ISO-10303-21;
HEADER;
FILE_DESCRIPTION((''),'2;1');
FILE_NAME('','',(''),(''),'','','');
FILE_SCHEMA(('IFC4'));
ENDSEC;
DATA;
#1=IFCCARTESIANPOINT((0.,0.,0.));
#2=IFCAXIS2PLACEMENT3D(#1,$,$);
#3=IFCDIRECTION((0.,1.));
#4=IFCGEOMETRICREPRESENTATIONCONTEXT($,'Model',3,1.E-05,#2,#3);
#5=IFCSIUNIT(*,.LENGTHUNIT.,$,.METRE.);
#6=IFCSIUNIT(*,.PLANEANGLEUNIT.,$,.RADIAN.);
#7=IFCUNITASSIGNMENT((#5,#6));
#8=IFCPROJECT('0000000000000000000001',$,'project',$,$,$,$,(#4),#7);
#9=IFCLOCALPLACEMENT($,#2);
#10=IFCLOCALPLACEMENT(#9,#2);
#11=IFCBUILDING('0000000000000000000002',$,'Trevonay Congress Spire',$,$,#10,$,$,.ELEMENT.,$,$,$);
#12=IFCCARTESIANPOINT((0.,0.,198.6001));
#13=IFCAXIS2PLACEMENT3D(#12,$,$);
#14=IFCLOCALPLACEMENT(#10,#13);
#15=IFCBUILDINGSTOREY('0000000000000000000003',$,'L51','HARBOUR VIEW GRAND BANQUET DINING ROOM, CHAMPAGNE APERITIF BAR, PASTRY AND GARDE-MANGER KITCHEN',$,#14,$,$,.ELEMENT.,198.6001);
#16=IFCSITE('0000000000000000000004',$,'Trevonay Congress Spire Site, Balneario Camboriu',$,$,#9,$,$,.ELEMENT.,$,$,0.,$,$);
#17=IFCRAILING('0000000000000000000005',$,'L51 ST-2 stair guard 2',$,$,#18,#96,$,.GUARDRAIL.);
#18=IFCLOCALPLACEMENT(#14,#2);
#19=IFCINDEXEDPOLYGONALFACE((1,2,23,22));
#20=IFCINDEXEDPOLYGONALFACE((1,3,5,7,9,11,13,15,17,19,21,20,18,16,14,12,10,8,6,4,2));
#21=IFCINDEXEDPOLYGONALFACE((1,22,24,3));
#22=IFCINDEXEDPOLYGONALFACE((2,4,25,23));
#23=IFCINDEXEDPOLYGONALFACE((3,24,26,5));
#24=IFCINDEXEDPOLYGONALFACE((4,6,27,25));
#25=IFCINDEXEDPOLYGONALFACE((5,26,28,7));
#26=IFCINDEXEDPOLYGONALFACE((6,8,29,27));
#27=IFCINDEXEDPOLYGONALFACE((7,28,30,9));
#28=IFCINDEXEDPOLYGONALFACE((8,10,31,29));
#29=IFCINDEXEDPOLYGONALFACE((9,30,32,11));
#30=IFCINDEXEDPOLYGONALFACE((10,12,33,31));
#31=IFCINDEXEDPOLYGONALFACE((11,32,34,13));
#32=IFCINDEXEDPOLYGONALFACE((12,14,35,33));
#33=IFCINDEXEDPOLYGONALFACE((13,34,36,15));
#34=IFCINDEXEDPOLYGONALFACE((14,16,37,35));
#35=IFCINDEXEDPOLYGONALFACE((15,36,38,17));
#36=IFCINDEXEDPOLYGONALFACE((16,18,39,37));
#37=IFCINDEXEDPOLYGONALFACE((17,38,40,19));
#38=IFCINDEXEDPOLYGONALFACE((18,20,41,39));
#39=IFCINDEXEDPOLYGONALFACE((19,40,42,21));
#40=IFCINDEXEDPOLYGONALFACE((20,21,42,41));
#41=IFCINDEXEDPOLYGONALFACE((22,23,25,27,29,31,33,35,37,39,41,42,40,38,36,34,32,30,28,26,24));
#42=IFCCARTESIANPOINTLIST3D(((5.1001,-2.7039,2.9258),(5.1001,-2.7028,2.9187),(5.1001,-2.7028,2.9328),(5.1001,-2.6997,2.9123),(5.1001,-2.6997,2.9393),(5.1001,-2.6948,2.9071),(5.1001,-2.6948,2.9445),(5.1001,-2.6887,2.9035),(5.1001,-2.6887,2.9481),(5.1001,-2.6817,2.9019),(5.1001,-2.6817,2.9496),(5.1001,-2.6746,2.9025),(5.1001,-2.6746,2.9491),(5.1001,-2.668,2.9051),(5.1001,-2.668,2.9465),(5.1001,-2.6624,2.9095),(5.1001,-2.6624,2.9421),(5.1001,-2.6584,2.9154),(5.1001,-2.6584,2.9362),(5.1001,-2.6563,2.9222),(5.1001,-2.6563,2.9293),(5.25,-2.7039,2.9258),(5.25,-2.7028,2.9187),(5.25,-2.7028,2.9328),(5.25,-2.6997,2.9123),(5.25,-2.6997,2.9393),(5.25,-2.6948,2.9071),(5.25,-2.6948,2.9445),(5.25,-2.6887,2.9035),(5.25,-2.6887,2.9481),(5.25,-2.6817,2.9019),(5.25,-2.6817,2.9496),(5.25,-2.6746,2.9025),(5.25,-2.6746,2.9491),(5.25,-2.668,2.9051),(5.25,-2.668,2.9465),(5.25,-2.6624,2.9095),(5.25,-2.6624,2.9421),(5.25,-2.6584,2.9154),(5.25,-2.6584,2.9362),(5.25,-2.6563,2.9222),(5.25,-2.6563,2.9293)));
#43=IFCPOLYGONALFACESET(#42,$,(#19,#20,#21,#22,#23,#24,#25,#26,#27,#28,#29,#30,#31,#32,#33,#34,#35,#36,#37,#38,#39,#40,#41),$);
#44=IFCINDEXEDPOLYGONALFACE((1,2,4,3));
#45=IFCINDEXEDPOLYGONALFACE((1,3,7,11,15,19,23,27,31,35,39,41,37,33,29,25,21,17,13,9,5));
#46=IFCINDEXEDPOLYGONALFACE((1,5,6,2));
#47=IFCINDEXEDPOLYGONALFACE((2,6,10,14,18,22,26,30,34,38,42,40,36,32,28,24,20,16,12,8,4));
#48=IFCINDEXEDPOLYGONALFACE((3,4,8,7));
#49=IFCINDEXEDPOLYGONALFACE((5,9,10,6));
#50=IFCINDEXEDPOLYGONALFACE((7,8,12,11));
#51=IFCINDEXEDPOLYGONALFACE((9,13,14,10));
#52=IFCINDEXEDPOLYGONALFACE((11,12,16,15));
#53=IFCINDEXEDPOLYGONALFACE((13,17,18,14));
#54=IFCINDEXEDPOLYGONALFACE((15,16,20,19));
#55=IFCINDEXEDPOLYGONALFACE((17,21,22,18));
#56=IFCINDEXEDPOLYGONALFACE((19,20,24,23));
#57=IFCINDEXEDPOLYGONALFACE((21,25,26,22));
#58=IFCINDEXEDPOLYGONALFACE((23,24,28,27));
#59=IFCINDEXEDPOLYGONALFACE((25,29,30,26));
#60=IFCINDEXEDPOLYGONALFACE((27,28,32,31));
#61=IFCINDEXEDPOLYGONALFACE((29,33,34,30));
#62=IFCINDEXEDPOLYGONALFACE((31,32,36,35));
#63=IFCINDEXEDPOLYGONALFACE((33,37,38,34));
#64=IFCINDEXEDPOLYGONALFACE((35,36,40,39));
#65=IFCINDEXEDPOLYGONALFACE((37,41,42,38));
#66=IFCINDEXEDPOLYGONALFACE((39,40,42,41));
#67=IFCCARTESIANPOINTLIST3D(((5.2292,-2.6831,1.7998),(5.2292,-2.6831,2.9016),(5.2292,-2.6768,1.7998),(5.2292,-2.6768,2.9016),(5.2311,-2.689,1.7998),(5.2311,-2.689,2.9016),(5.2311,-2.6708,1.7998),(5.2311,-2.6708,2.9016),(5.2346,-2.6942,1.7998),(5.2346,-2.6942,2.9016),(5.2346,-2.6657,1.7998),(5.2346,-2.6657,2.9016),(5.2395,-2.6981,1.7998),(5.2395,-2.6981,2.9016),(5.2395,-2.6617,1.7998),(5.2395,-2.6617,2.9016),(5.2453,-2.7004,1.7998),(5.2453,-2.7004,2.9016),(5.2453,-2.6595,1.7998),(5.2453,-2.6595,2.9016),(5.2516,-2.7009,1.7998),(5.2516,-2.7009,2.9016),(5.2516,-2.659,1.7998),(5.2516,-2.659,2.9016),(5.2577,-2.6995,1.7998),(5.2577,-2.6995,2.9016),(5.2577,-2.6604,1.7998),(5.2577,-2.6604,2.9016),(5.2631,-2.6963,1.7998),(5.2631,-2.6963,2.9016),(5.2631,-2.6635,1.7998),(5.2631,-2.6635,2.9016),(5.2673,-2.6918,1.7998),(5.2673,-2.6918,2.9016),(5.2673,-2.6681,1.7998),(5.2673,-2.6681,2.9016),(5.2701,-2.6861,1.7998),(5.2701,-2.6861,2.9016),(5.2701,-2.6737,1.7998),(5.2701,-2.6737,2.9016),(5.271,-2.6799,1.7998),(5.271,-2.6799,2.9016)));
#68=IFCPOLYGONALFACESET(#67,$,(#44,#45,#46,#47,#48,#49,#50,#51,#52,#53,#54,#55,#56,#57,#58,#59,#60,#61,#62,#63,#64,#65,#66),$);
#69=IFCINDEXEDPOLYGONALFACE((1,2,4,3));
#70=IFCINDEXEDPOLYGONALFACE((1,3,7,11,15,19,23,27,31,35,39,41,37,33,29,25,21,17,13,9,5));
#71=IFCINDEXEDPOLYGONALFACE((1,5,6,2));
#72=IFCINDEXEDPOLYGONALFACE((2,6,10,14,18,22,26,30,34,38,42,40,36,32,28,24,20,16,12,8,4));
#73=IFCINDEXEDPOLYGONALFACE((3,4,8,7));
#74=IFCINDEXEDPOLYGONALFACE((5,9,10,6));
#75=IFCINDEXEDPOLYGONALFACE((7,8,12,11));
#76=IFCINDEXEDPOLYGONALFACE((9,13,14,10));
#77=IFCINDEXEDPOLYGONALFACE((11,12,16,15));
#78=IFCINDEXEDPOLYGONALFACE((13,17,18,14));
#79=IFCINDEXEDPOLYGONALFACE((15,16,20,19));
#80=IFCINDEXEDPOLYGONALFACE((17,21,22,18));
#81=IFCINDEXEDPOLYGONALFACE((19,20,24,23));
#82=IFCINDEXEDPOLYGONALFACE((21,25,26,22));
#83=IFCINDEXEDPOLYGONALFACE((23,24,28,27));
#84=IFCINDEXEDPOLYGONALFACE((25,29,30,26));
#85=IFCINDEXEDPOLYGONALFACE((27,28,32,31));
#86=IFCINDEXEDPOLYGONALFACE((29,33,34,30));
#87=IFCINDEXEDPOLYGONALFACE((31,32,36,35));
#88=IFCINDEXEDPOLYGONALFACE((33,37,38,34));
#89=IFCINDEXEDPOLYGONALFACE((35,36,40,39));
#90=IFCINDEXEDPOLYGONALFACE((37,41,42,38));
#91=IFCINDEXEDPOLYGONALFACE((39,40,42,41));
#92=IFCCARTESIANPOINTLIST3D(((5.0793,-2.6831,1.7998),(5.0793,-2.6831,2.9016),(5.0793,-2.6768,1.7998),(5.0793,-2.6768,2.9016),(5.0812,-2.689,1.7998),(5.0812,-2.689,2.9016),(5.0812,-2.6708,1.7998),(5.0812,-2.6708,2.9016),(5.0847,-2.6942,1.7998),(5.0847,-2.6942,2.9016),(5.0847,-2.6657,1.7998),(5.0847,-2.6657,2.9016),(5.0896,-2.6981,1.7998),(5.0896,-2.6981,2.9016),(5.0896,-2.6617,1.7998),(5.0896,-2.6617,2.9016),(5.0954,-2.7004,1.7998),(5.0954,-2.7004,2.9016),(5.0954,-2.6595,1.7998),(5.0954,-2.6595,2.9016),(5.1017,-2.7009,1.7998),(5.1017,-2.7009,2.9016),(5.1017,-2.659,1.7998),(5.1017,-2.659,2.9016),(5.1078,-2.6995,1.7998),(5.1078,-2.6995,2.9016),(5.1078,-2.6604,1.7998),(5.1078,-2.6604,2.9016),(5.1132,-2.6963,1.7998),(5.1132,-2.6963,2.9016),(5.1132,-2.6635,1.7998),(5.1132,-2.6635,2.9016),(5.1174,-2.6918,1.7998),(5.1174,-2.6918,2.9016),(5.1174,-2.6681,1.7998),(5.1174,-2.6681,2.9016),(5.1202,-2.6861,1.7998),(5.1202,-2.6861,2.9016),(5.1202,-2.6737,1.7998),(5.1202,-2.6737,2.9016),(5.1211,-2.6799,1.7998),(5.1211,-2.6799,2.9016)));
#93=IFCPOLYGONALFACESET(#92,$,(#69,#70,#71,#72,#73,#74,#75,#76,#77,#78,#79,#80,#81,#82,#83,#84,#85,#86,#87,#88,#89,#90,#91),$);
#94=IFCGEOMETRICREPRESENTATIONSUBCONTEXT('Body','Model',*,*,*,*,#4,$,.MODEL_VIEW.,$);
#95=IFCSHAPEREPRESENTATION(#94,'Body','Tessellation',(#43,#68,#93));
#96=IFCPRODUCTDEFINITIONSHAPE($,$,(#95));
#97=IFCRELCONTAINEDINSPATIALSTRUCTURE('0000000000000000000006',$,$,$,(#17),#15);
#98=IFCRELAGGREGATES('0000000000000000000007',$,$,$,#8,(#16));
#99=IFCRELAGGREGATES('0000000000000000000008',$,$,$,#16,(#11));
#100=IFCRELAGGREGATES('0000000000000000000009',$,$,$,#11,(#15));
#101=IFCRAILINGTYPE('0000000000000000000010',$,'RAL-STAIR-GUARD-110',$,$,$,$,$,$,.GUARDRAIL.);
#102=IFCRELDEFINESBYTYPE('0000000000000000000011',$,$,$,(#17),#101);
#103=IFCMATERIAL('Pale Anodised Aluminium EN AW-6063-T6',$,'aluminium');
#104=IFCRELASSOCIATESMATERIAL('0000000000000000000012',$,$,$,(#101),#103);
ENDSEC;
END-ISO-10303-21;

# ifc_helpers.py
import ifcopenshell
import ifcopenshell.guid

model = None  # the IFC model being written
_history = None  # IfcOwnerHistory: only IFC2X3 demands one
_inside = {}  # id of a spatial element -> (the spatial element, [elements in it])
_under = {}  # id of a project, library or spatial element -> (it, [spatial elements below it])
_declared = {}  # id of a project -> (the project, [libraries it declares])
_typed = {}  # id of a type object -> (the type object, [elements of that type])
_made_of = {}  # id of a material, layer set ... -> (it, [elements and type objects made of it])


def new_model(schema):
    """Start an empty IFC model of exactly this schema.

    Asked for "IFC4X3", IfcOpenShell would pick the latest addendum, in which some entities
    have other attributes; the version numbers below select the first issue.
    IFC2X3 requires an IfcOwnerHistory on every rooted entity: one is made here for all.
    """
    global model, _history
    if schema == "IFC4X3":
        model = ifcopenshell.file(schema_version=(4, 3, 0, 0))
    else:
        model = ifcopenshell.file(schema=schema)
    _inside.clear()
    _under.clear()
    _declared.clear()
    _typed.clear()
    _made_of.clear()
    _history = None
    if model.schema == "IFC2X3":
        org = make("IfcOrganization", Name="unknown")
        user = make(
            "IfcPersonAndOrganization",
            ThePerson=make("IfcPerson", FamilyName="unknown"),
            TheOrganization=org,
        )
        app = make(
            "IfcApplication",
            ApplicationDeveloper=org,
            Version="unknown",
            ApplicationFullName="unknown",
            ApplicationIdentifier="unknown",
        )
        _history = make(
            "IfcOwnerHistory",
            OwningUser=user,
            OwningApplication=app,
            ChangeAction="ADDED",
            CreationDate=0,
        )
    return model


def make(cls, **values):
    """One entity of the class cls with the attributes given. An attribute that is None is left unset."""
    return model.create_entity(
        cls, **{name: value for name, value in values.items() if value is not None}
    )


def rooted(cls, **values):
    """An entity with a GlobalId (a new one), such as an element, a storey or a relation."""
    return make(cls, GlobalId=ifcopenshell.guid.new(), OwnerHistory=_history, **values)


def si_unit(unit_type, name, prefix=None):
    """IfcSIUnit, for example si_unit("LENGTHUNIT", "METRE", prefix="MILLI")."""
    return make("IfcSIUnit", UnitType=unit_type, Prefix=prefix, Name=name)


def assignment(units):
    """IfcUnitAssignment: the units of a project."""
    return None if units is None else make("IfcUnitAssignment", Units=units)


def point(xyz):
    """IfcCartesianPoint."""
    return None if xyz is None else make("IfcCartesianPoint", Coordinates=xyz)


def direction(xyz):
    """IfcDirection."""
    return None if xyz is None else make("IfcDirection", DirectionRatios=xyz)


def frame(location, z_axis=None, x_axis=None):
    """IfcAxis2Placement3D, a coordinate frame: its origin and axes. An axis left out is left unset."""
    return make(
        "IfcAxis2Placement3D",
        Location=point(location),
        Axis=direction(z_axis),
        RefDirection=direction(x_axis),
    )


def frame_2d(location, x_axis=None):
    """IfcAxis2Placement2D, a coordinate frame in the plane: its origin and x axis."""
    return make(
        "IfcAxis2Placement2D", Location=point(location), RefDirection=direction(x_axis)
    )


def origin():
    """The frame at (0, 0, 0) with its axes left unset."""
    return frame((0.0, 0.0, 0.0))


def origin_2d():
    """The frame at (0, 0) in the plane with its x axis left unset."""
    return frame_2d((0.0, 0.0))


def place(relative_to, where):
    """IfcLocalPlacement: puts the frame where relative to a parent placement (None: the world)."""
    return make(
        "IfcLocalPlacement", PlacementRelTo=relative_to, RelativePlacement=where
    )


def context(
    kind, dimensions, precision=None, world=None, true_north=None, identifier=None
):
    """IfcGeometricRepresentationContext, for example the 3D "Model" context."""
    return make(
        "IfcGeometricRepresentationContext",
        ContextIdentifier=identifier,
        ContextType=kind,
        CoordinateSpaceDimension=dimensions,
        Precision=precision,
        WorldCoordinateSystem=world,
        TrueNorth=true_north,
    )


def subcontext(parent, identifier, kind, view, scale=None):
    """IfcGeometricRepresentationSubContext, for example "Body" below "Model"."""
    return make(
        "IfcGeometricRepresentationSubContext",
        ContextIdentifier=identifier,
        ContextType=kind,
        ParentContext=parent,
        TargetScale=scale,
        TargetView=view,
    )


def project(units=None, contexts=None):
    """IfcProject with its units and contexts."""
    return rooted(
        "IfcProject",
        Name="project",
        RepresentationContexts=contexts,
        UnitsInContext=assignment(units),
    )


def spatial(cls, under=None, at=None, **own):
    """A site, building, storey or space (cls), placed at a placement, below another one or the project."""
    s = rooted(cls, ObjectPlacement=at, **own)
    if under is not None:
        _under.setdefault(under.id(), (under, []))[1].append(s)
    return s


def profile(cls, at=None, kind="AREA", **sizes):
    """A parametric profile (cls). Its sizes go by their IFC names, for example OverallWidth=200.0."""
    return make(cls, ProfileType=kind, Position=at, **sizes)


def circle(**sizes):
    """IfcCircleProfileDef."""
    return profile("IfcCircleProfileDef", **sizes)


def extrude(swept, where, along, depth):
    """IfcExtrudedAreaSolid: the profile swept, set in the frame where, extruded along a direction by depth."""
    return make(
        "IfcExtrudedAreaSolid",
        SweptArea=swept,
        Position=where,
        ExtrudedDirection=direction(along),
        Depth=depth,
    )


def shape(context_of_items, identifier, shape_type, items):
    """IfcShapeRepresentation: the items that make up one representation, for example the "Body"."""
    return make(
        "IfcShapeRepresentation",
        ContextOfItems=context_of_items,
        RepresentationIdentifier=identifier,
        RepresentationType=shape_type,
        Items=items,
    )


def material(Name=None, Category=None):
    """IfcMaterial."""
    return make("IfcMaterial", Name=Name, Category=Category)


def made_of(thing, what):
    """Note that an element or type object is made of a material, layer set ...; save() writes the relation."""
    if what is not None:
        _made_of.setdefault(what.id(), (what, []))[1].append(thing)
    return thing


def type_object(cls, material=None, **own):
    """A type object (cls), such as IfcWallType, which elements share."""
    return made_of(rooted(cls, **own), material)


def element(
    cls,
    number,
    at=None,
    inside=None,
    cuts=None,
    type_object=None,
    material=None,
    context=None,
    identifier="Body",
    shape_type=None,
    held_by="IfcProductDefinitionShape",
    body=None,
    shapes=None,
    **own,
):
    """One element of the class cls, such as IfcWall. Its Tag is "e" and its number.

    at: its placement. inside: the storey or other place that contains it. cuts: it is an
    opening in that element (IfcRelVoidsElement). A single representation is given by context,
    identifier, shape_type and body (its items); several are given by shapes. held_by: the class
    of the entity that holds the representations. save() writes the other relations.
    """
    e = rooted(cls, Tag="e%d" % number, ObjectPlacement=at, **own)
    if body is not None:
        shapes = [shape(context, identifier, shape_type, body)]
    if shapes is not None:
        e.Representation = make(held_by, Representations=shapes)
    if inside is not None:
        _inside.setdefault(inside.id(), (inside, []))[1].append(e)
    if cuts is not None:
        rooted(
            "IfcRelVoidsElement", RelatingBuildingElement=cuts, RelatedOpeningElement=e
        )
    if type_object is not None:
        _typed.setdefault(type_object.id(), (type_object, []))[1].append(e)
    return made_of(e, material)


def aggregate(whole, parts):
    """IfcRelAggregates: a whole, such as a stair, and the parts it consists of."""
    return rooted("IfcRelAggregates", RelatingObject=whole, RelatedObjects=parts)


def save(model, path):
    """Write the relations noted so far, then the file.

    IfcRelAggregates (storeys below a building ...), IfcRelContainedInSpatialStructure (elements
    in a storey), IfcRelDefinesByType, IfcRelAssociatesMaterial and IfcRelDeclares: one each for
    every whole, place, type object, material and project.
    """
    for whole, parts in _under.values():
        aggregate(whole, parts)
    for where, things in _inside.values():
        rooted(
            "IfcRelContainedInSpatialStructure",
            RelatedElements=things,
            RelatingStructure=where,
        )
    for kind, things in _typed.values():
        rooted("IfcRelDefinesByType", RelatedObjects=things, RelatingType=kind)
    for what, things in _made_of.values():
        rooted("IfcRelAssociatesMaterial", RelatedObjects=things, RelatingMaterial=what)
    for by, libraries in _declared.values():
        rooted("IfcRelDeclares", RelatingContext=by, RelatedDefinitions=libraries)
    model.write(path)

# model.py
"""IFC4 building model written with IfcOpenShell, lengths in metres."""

from ifc_helpers import new_model, si_unit, direction, frame, origin, origin_2d, place, context, subcontext, project, spatial, circle, extrude, material, type_object, element, save


model = new_model("IFC4")

# Units and contexts
model_context = context("Model", 3, precision=1e-05, world=origin(), true_north=direction((0.0, 1.0)))
body_context = subcontext(model_context, "Body", "Model", "MODEL_VIEW")
ifc_project = project(units=[si_unit("LENGTHUNIT", "METRE"), si_unit("PLANEANGLEUNIT", "RADIAN")], contexts=[model_context])

# Site, building, storey
site_placement = place(None, origin())
site = spatial("IfcSite", under=ifc_project, at=site_placement, Name="Trevonay Congress Spire Site, Balneario Camboriu", CompositionType="ELEMENT", RefElevation=0.0)
building_placement = place(site_placement, origin())
building = spatial("IfcBuilding", under=site, at=building_placement, Name="Trevonay Congress Spire", CompositionType="ELEMENT")
storey_placement = place(building_placement, frame((0.0, 0.0, 198.6001)))
storey = spatial("IfcBuildingStorey", under=building, at=storey_placement, Name="L51", Description="HARBOUR VIEW GRAND BANQUET DINING ROOM, CHAMPAGNE APERITIF BAR, PASTRY AND GARDE-MANGER KITCHEN", CompositionType="ELEMENT", Elevation=198.6001)

# Shared definitions
ifc_material_1 = material(Name="Pale Anodised Aluminium EN AW-6063-T6", Category="aluminium")

# Railing
railing_type_1 = type_object("IfcRailingType", Name="RAL-STAIR-GUARD-110", PredefinedType="GUARDRAIL", material=ifc_material_1)
railing_1_placement = place(storey_placement, frame((5.25, -2.6799, 1.7998)))
element("IfcRailing", 1, at=railing_1_placement, inside=storey, type_object=railing_type_1, Name="L51 ST-2 stair guard 2", PredefinedType="GUARDRAIL", context=body_context, shape_type="SweptSolid", body=[
    extrude(circle(Radius=0.0239, at=origin_2d()), frame((0.0, 0.0, 1.126), z_axis=(-1.0, 0.0, 0.0), x_axis=(0.0, -1.0, 0.0)), (0.0, 0.0, 1.0), 0.1499),
    extrude(circle(Radius=0.021, at=origin_2d()), origin(), (0.0, 0.0, 1.0), 1.1018),
    extrude(circle(Radius=0.021, at=origin_2d()), frame((-0.1499, 0.0, 0.0)), (0.0, 0.0, 1.0), 1.1018),
])

save(model, "model.ifc")
